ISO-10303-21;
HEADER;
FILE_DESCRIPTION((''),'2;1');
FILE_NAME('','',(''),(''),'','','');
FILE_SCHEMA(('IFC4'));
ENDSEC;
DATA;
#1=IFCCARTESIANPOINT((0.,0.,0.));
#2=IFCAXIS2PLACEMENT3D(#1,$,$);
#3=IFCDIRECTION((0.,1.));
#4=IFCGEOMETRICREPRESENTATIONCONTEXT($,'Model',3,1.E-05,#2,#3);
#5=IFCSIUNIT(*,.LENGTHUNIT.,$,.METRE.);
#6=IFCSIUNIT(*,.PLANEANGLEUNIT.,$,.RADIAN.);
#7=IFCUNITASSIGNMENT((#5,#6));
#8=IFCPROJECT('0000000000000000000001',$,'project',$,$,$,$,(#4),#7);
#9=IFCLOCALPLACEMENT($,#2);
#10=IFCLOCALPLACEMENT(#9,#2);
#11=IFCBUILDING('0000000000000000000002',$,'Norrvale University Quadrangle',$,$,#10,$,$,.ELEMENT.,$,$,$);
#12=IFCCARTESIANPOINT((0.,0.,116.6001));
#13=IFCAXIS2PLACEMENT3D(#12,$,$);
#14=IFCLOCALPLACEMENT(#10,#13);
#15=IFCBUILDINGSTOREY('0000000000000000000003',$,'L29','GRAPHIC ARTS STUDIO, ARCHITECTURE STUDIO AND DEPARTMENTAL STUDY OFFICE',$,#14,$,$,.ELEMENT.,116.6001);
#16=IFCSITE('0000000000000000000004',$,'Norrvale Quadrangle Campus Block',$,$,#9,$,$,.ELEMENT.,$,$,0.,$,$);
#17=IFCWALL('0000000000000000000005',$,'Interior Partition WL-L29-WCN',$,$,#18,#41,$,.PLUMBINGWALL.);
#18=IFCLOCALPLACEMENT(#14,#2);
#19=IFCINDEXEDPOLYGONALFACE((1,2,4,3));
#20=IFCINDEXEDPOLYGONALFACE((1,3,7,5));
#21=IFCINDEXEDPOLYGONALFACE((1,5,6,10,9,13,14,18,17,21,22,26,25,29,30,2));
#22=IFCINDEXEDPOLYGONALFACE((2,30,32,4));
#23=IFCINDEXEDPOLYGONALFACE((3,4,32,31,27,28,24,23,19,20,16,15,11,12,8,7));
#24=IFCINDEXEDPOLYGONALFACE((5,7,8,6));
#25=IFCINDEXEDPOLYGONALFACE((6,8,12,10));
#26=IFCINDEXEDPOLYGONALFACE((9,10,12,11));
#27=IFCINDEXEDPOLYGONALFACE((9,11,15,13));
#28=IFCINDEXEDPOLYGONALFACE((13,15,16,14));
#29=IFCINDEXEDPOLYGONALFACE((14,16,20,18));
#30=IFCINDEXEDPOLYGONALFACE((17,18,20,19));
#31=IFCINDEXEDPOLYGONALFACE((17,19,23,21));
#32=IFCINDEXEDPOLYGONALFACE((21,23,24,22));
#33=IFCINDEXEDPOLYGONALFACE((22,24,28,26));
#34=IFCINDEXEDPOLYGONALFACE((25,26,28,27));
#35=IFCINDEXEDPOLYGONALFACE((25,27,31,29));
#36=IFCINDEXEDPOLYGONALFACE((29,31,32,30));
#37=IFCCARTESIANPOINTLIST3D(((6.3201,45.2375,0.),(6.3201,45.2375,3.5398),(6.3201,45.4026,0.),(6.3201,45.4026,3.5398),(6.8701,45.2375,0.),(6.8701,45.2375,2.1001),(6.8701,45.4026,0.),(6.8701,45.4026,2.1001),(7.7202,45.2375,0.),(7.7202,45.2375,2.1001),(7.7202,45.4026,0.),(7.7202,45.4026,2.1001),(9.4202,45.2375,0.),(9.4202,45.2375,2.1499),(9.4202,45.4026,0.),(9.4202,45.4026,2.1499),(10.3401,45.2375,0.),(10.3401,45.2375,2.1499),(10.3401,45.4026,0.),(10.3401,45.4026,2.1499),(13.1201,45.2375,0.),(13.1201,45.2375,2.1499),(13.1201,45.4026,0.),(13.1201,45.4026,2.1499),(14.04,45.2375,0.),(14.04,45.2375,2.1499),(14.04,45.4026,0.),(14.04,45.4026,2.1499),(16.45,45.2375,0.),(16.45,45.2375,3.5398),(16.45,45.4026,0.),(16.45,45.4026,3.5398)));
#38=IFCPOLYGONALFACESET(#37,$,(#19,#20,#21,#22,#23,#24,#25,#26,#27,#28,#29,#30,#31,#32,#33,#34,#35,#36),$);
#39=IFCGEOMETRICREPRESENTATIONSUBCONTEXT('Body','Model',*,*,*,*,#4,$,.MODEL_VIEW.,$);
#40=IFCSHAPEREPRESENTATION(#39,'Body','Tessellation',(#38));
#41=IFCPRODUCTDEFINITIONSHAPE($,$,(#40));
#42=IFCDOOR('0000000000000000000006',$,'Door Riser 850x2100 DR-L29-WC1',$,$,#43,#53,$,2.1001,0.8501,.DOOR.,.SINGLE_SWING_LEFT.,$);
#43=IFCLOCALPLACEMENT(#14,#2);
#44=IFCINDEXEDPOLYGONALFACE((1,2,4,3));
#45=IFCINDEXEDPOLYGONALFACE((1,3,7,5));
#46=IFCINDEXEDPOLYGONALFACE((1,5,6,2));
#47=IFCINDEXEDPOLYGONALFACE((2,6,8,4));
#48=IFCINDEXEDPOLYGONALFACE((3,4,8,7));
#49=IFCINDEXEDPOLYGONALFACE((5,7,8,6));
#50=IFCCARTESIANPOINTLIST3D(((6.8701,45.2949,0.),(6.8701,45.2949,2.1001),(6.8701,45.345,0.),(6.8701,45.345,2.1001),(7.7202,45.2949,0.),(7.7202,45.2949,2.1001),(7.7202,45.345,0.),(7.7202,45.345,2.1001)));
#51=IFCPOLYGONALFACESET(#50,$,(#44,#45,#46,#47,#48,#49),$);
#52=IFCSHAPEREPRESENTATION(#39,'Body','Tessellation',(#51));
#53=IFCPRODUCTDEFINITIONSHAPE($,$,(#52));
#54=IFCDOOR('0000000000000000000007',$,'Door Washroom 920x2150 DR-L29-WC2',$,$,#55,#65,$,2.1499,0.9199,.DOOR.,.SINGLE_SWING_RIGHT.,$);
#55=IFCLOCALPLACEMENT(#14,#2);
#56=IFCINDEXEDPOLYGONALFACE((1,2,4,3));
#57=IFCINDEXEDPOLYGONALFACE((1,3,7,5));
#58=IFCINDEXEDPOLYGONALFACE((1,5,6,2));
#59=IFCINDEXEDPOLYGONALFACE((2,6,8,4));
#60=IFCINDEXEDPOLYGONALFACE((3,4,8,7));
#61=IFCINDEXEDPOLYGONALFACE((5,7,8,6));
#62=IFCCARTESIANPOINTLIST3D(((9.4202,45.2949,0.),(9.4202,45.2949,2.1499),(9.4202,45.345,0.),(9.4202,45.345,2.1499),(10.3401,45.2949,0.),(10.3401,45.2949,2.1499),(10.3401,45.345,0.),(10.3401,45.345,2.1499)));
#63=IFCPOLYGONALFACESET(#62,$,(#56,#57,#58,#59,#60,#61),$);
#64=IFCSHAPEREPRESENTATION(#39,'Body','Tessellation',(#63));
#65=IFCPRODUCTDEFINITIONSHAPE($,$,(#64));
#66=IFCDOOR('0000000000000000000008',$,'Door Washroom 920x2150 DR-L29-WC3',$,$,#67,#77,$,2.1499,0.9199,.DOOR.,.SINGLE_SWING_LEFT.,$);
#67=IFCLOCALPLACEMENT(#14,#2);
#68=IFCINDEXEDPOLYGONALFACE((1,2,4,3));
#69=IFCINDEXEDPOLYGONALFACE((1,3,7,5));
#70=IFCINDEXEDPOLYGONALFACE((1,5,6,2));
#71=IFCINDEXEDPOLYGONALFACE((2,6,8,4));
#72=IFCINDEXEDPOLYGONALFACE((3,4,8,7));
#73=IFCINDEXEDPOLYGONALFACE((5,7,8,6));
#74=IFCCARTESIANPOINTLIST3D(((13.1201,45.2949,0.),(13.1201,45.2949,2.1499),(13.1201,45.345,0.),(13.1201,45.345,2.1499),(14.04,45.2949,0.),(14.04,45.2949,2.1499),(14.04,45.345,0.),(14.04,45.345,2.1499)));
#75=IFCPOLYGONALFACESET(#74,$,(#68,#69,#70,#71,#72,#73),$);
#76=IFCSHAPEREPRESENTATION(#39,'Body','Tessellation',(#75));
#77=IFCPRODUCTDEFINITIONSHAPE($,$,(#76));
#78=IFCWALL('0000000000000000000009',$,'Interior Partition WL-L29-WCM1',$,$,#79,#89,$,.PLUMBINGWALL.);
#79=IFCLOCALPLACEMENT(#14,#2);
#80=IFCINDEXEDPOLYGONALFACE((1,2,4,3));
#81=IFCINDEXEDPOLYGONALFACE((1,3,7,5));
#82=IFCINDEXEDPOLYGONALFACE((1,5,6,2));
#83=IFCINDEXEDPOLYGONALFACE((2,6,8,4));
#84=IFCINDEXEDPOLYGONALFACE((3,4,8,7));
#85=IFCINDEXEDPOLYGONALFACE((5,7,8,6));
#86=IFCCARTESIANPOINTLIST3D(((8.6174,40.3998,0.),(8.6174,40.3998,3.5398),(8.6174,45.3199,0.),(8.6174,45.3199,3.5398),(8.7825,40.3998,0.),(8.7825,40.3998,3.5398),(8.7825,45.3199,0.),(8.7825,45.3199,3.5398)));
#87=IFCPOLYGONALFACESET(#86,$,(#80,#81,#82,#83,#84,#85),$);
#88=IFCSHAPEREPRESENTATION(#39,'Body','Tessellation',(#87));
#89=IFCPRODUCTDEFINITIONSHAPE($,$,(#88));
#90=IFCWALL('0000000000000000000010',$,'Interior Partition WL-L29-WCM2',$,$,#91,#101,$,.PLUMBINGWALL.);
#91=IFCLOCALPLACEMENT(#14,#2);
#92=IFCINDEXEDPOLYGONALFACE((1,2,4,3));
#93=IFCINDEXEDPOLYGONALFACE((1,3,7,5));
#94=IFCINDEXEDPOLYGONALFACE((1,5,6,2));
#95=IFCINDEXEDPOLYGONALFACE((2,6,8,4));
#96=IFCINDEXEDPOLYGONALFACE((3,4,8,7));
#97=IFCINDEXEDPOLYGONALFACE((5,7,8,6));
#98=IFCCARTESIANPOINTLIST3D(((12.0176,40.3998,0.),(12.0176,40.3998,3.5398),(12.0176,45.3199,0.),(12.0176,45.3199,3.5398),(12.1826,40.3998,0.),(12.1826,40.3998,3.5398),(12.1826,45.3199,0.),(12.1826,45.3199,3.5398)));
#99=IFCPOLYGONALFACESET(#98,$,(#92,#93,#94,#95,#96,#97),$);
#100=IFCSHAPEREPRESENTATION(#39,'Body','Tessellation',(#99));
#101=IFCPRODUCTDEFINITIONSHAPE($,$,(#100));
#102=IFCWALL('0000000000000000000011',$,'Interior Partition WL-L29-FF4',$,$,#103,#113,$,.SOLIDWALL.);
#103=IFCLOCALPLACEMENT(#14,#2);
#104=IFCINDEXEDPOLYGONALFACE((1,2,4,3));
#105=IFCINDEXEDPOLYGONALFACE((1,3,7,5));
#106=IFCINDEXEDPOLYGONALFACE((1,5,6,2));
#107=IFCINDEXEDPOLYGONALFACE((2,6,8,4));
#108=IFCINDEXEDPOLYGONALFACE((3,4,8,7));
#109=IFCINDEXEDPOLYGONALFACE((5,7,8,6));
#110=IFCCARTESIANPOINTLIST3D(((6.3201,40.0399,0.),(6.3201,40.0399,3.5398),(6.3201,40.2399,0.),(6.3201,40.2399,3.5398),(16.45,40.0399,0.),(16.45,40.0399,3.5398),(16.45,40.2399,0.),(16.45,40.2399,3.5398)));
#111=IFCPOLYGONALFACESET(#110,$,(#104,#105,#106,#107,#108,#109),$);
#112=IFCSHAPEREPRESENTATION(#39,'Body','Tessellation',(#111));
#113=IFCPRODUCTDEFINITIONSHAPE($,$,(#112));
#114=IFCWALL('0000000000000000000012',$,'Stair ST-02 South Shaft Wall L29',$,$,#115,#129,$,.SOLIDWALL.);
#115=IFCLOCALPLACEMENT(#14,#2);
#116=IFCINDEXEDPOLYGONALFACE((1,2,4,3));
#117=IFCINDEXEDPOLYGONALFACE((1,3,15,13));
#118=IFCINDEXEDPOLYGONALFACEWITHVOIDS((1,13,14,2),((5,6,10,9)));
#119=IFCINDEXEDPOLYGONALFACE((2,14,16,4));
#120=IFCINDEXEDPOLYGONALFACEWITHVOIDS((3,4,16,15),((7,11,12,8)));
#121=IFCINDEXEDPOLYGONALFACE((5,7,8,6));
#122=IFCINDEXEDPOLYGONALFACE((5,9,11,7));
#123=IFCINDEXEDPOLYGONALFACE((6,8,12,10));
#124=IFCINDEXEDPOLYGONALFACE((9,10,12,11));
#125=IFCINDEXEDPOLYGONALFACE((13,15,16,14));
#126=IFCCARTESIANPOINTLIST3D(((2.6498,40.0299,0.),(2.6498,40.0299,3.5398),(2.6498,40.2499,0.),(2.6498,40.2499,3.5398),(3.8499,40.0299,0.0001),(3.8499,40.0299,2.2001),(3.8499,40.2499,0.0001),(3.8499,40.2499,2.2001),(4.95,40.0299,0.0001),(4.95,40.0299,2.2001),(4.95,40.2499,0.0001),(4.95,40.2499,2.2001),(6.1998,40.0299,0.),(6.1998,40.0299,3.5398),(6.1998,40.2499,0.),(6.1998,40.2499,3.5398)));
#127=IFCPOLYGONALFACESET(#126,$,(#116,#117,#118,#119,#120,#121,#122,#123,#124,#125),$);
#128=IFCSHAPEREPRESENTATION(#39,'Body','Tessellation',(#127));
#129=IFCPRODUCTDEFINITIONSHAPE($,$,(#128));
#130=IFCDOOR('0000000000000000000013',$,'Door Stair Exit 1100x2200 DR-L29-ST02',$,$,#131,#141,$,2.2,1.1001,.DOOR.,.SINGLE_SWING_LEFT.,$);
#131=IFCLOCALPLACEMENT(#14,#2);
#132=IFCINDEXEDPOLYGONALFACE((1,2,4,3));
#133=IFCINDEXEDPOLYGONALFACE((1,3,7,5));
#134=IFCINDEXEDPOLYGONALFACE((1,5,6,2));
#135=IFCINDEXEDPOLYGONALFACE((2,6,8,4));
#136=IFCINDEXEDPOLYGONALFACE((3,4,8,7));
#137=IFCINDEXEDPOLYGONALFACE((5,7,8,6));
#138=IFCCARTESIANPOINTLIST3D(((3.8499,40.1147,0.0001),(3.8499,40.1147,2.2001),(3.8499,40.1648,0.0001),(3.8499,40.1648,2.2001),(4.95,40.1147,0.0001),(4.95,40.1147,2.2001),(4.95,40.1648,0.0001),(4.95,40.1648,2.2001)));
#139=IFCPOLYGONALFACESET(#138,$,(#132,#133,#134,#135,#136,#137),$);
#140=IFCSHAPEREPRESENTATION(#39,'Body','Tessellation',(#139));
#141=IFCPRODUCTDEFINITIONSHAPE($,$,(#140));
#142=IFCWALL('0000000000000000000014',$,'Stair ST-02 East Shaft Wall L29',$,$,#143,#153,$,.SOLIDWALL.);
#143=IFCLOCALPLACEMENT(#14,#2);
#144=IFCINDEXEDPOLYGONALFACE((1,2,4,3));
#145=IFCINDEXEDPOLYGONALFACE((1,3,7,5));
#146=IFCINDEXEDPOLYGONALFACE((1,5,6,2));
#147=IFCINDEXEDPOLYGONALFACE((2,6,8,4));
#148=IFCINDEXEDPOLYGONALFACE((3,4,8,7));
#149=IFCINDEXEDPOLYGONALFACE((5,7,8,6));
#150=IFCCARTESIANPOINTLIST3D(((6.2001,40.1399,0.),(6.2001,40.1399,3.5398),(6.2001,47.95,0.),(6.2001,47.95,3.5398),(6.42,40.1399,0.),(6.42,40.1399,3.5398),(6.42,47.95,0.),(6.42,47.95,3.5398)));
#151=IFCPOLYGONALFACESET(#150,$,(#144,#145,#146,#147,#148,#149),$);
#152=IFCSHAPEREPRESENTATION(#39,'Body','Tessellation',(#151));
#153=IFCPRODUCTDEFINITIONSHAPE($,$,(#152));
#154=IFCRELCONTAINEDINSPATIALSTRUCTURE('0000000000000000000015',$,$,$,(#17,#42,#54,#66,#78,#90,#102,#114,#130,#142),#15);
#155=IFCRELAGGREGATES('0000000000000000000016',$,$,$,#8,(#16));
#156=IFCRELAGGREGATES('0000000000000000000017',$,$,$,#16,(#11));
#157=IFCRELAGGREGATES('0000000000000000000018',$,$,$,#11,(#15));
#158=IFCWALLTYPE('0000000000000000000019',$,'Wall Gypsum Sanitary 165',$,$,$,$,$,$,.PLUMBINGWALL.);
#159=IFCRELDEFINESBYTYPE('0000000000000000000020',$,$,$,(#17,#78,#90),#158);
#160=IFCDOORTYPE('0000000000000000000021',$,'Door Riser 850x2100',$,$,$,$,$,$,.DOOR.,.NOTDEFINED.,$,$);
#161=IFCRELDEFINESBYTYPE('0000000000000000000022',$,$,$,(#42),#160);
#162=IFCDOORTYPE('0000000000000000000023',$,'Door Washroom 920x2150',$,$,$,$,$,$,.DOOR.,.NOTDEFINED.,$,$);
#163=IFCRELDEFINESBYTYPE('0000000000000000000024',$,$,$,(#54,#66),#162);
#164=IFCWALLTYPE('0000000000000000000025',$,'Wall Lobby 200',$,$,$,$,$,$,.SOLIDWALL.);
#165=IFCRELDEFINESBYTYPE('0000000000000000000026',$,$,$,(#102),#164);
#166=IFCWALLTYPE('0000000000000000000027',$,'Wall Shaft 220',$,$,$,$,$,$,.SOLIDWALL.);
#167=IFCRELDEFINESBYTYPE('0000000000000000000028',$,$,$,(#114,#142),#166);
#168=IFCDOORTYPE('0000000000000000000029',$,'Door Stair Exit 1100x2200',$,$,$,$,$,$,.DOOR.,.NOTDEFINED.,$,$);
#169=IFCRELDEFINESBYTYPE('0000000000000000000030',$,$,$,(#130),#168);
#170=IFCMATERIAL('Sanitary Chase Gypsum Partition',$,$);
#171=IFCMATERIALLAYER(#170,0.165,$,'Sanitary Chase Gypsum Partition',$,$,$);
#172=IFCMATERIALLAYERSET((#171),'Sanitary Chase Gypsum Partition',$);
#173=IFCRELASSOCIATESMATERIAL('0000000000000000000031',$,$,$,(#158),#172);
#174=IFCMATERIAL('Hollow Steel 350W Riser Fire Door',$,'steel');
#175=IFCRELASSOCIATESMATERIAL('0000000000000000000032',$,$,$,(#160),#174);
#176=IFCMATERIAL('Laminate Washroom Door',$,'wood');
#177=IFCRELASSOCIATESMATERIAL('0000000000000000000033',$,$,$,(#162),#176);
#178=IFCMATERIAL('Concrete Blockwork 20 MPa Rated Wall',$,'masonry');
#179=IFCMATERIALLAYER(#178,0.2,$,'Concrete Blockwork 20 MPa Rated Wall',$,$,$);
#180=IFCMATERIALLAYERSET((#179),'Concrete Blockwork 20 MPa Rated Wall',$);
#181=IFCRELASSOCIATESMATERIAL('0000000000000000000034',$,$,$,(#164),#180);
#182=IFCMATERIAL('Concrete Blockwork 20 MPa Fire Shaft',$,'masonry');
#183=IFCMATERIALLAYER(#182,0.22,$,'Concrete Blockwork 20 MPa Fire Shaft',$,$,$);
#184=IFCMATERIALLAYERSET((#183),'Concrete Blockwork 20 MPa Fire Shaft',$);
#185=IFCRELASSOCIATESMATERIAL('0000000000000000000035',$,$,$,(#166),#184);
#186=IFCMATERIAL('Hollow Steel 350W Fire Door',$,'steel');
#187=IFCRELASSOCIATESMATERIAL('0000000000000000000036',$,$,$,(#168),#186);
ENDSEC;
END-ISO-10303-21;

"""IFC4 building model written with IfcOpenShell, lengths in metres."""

from ifc_helpers import new_model, si_unit, direction, frame, frame_2d, origin, place, context, subcontext, project, spatial, rectangle, extrude, material, layer, layer_set, type_object, element, fill, save


model = new_model("IFC4")

# Units and contexts
model_context = context("Model", 3, precision=1e-05, world=origin(), true_north=direction((0.0, 1.0)))
body_context = subcontext(model_context, "Body", "Model", "MODEL_VIEW")
ifc_project = project(units=[si_unit("LENGTHUNIT", "METRE"), si_unit("PLANEANGLEUNIT", "RADIAN")], contexts=[model_context])

# Site, building, storey
site_placement = place(None, origin())
site = spatial("IfcSite", under=ifc_project, at=site_placement, Name="Norrvale Quadrangle Campus Block", CompositionType="ELEMENT", RefElevation=0.0)
building_placement = place(site_placement, origin())
building = spatial("IfcBuilding", under=site, at=building_placement, Name="Norrvale University Quadrangle", CompositionType="ELEMENT")
storey_placement = place(building_placement, frame((0.0, 0.0, 116.6001)))
storey = spatial("IfcBuildingStorey", under=building, at=storey_placement, Name="L29", Description="GRAPHIC ARTS STUDIO, ARCHITECTURE STUDIO AND DEPARTMENTAL STUDY OFFICE", CompositionType="ELEMENT", Elevation=116.6001)

# Wall, openings, doors
ifc_material_1 = material(Name="Sanitary Chase Gypsum Partition")
ifc_layer_1 = layer(ifc_material_1, 0.165, Name="Sanitary Chase Gypsum Partition")
ifc_layer_set_1 = layer_set([ifc_layer_1], Name="Sanitary Chase Gypsum Partition")
wall_type_1 = type_object("IfcWallType", Name="Wall Gypsum Sanitary 165", PredefinedType="PLUMBINGWALL", material=ifc_layer_set_1)
wall_1_placement = place(storey_placement, frame((6.3201, 45.3201, 0.0), z_axis=(0.0, 0.0, 1.0), x_axis=(1.0, 0.0, 0.0)))
wall_1 = element("IfcWall", 1, at=wall_1_placement, inside=storey, type_object=wall_type_1, Name="Interior Partition WL-L29-WCN", PredefinedType="PLUMBINGWALL", context=body_context, shape_type="SweptSolid", body=[
    extrude(rectangle(XDim=10.1299, YDim=0.165, at=frame_2d((5.0649, 0.0))), origin(), (0.0, 0.0, 1.0), 3.5398),
])
opening_1_placement = place(wall_1_placement, frame((0.55, 0.0, 0.0)))
opening_1 = element("IfcOpeningElement", 2, at=opening_1_placement, cuts=wall_1, PredefinedType="OPENING", context=body_context, shape_type="SweptSolid", body=[
    extrude(rectangle(XDim=0.8501, YDim=2.1001, at=frame_2d((0.425, 1.05))), frame((0.0, 0.0945, 0.0), z_axis=(0.0, -1.0, 0.0), x_axis=(1.0, 0.0, 0.0)), (0.0, 0.0, 1.0), 0.189),
])
opening_2_placement = place(wall_1_placement, frame((3.1001, 0.0, 0.0)))
opening_2 = element("IfcOpeningElement", 3, at=opening_2_placement, cuts=wall_1, PredefinedType="OPENING", context=body_context, shape_type="SweptSolid", body=[
    extrude(rectangle(XDim=0.9199, YDim=2.1499, at=frame_2d((0.46, 1.075))), frame((0.0, 0.0945, 0.0), z_axis=(0.0, -1.0, 0.0), x_axis=(1.0, 0.0, 0.0)), (0.0, 0.0, 1.0), 0.189),
])
opening_3_placement = place(wall_1_placement, frame((6.8, 0.0, 0.0)))
opening_3 = element("IfcOpeningElement", 4, at=opening_3_placement, cuts=wall_1, PredefinedType="OPENING", context=body_context, shape_type="SweptSolid", body=[
    extrude(rectangle(XDim=0.9199, YDim=2.1499, at=frame_2d((0.46, 1.075))), frame((0.0, 0.0945, 0.0), z_axis=(0.0, -1.0, 0.0), x_axis=(1.0, 0.0, 0.0)), (0.0, 0.0, 1.0), 0.189),
])
ifc_material_2 = material(Name="Hollow Steel 350W Riser Fire Door", Category="steel")
door_type_1 = type_object("IfcDoorType", Name="Door Riser 850x2100", OperationType="NOTDEFINED", PredefinedType="DOOR", material=ifc_material_2)
door_1_placement = place(opening_1_placement, origin())
door_1 = element("IfcDoor", 5, at=door_1_placement, inside=storey, type_object=door_type_1, Name="Door Riser 850x2100 DR-L29-WC1", OperationType="SINGLE_SWING_LEFT", OverallHeight=2.1001, OverallWidth=0.8501, PredefinedType="DOOR", context=body_context, shape_type="SweptSolid", body=[
    extrude(rectangle(XDim=0.8501, YDim=2.1001, at=frame_2d((0.425, 1.05))), frame((0.0, 0.0249, 0.0), z_axis=(0.0, -1.0, 0.0), x_axis=(1.0, 0.0, 0.0)), (0.0, 0.0, 1.0), 0.05),
])
fill(opening_1, door_1)
ifc_material_3 = material(Name="Laminate Washroom Door", Category="wood")
door_type_2 = type_object("IfcDoorType", Name="Door Washroom 920x2150", OperationType="NOTDEFINED", PredefinedType="DOOR", material=ifc_material_3)
door_2_placement = place(opening_2_placement, origin())
door_2 = element("IfcDoor", 6, at=door_2_placement, inside=storey, type_object=door_type_2, Name="Door Washroom 920x2150 DR-L29-WC2", OperationType="SINGLE_SWING_RIGHT", OverallHeight=2.1499, OverallWidth=0.9199, PredefinedType="DOOR", context=body_context, shape_type="SweptSolid", body=[
    extrude(rectangle(XDim=0.9199, YDim=2.1499, at=frame_2d((0.46, 1.075))), frame((0.0, 0.0249, 0.0), z_axis=(0.0, -1.0, 0.0), x_axis=(1.0, 0.0, 0.0)), (0.0, 0.0, 1.0), 0.05),
])
fill(opening_2, door_2)
door_3_placement = place(opening_3_placement, origin())
door_3 = element("IfcDoor", 7, at=door_3_placement, inside=storey, type_object=door_type_2, Name="Door Washroom 920x2150 DR-L29-WC3", OperationType="SINGLE_SWING_LEFT", OverallHeight=2.1499, OverallWidth=0.9199, PredefinedType="DOOR", context=body_context, shape_type="SweptSolid", body=[
    extrude(rectangle(XDim=0.9199, YDim=2.1499, at=frame_2d((0.46, 1.075))), frame((0.0, 0.0249, 0.0), z_axis=(0.0, -1.0, 0.0), x_axis=(1.0, 0.0, 0.0)), (0.0, 0.0, 1.0), 0.05),
])
fill(opening_3, door_3)

# Walls
for number, where, z_axis, x_axis, name in (
    (8, (8.7, 40.3999, 0.0), (0.0, 0.0, 1.0), (0.0, 1.0, 0.0), "Interior Partition WL-L29-WCM1"),
    (9, (12.1001, 40.3999, 0.0), (0.0, 0.0, 1.0), (0.0, 1.0, 0.0), "Interior Partition WL-L29-WCM2"),
):
    element("IfcWall", number, at=place(storey_placement, frame(where, z_axis=z_axis, x_axis=x_axis)), inside=storey, type_object=wall_type_1, Name=name, PredefinedType="PLUMBINGWALL", context=body_context, shape_type="SweptSolid", body=[
        extrude(rectangle(XDim=4.9202, YDim=0.165, at=frame_2d((2.46, 0.0))), origin(), (0.0, 0.0, 1.0), 3.5398),
    ])
ifc_material_4 = material(Name="Concrete Blockwork 20 MPa Rated Wall", Category="masonry")
ifc_layer_2 = layer(ifc_material_4, 0.2, Name="Concrete Blockwork 20 MPa Rated Wall")
ifc_layer_set_2 = layer_set([ifc_layer_2], Name="Concrete Blockwork 20 MPa Rated Wall")
wall_type_2 = type_object("IfcWallType", Name="Wall Lobby 200", PredefinedType="SOLIDWALL", material=ifc_layer_set_2)
wall_2_placement = place(storey_placement, frame((6.3201, 40.1399, 0.0), z_axis=(0.0, 0.0, 1.0), x_axis=(1.0, 0.0, 0.0)))
element("IfcWall", 10, at=wall_2_placement, inside=storey, type_object=wall_type_2, Name="Interior Partition WL-L29-FF4", PredefinedType="SOLIDWALL", context=body_context, shape_type="SweptSolid", body=[
    extrude(rectangle(XDim=10.1299, YDim=0.2, at=frame_2d((5.0649, 0.0))), origin(), (0.0, 0.0, 1.0), 3.5398),
])

# Wall, opening, door
ifc_material_5 = material(Name="Concrete Blockwork 20 MPa Fire Shaft", Category="masonry")
ifc_layer_3 = layer(ifc_material_5, 0.22, Name="Concrete Blockwork 20 MPa Fire Shaft")
ifc_layer_set_3 = layer_set([ifc_layer_3], Name="Concrete Blockwork 20 MPa Fire Shaft")
wall_type_3 = type_object("IfcWallType", Name="Wall Shaft 220", PredefinedType="SOLIDWALL", material=ifc_layer_set_3)
wall_3_placement = place(storey_placement, frame((2.6499, 40.1399, 0.0), z_axis=(0.0, 0.0, 1.0), x_axis=(1.0, 0.0, 0.0)))
wall_3 = element("IfcWall", 11, at=wall_3_placement, inside=storey, type_object=wall_type_3, Name="Stair ST-02 South Shaft Wall L29", PredefinedType="SOLIDWALL", context=body_context, shape_type="SweptSolid", body=[
    extrude(rectangle(XDim=3.55, YDim=0.22, at=frame_2d((1.7749, 0.0))), origin(), (0.0, 0.0, 1.0), 3.5398),
])
opening_4_placement = place(wall_3_placement, frame((1.2, 0.0, 0.0)))
opening_4 = element("IfcOpeningElement", 12, at=opening_4_placement, cuts=wall_3, PredefinedType="OPENING", context=body_context, shape_type="SweptSolid", body=[
    extrude(rectangle(XDim=1.1001, YDim=2.2, at=frame_2d((0.55, 1.1001))), frame((0.0, 0.1221, 0.0), z_axis=(0.0, -1.0, 0.0), x_axis=(1.0, 0.0, 0.0)), (0.0, 0.0, 1.0), 0.2439),
])
ifc_material_6 = material(Name="Hollow Steel 350W Fire Door", Category="steel")
door_type_3 = type_object("IfcDoorType", Name="Door Stair Exit 1100x2200", OperationType="NOTDEFINED", PredefinedType="DOOR", material=ifc_material_6)
door_4_placement = place(opening_4_placement, origin())
door_4 = element("IfcDoor", 13, at=door_4_placement, inside=storey, type_object=door_type_3, Name="Door Stair Exit 1100x2200 DR-L29-ST02", OperationType="SINGLE_SWING_LEFT", OverallHeight=2.2, OverallWidth=1.1001, PredefinedType="DOOR", context=body_context, shape_type="SweptSolid", body=[
    extrude(rectangle(XDim=1.1001, YDim=2.2, at=frame_2d((0.55, 1.1001))), frame((0.0, 0.0249, 0.0), z_axis=(0.0, -1.0, 0.0), x_axis=(1.0, 0.0, 0.0)), (0.0, 0.0, 1.0), 0.05),
])
fill(opening_4, door_4)

# Wall
wall_4_placement = place(storey_placement, frame((6.3101, 40.1399, 0.0), z_axis=(0.0, 0.0, 1.0), x_axis=(0.0, 1.0, 0.0)))
element("IfcWall", 14, at=wall_4_placement, inside=storey, type_object=wall_type_3, Name="Stair ST-02 East Shaft Wall L29", PredefinedType="SOLIDWALL", context=body_context, shape_type="SweptSolid", body=[
    extrude(rectangle(XDim=7.8101, YDim=0.22, at=frame_2d((3.905, 0.0))), origin(), (0.0, 0.0, 1.0), 3.5398),
])

save(model, "model.ifc")
